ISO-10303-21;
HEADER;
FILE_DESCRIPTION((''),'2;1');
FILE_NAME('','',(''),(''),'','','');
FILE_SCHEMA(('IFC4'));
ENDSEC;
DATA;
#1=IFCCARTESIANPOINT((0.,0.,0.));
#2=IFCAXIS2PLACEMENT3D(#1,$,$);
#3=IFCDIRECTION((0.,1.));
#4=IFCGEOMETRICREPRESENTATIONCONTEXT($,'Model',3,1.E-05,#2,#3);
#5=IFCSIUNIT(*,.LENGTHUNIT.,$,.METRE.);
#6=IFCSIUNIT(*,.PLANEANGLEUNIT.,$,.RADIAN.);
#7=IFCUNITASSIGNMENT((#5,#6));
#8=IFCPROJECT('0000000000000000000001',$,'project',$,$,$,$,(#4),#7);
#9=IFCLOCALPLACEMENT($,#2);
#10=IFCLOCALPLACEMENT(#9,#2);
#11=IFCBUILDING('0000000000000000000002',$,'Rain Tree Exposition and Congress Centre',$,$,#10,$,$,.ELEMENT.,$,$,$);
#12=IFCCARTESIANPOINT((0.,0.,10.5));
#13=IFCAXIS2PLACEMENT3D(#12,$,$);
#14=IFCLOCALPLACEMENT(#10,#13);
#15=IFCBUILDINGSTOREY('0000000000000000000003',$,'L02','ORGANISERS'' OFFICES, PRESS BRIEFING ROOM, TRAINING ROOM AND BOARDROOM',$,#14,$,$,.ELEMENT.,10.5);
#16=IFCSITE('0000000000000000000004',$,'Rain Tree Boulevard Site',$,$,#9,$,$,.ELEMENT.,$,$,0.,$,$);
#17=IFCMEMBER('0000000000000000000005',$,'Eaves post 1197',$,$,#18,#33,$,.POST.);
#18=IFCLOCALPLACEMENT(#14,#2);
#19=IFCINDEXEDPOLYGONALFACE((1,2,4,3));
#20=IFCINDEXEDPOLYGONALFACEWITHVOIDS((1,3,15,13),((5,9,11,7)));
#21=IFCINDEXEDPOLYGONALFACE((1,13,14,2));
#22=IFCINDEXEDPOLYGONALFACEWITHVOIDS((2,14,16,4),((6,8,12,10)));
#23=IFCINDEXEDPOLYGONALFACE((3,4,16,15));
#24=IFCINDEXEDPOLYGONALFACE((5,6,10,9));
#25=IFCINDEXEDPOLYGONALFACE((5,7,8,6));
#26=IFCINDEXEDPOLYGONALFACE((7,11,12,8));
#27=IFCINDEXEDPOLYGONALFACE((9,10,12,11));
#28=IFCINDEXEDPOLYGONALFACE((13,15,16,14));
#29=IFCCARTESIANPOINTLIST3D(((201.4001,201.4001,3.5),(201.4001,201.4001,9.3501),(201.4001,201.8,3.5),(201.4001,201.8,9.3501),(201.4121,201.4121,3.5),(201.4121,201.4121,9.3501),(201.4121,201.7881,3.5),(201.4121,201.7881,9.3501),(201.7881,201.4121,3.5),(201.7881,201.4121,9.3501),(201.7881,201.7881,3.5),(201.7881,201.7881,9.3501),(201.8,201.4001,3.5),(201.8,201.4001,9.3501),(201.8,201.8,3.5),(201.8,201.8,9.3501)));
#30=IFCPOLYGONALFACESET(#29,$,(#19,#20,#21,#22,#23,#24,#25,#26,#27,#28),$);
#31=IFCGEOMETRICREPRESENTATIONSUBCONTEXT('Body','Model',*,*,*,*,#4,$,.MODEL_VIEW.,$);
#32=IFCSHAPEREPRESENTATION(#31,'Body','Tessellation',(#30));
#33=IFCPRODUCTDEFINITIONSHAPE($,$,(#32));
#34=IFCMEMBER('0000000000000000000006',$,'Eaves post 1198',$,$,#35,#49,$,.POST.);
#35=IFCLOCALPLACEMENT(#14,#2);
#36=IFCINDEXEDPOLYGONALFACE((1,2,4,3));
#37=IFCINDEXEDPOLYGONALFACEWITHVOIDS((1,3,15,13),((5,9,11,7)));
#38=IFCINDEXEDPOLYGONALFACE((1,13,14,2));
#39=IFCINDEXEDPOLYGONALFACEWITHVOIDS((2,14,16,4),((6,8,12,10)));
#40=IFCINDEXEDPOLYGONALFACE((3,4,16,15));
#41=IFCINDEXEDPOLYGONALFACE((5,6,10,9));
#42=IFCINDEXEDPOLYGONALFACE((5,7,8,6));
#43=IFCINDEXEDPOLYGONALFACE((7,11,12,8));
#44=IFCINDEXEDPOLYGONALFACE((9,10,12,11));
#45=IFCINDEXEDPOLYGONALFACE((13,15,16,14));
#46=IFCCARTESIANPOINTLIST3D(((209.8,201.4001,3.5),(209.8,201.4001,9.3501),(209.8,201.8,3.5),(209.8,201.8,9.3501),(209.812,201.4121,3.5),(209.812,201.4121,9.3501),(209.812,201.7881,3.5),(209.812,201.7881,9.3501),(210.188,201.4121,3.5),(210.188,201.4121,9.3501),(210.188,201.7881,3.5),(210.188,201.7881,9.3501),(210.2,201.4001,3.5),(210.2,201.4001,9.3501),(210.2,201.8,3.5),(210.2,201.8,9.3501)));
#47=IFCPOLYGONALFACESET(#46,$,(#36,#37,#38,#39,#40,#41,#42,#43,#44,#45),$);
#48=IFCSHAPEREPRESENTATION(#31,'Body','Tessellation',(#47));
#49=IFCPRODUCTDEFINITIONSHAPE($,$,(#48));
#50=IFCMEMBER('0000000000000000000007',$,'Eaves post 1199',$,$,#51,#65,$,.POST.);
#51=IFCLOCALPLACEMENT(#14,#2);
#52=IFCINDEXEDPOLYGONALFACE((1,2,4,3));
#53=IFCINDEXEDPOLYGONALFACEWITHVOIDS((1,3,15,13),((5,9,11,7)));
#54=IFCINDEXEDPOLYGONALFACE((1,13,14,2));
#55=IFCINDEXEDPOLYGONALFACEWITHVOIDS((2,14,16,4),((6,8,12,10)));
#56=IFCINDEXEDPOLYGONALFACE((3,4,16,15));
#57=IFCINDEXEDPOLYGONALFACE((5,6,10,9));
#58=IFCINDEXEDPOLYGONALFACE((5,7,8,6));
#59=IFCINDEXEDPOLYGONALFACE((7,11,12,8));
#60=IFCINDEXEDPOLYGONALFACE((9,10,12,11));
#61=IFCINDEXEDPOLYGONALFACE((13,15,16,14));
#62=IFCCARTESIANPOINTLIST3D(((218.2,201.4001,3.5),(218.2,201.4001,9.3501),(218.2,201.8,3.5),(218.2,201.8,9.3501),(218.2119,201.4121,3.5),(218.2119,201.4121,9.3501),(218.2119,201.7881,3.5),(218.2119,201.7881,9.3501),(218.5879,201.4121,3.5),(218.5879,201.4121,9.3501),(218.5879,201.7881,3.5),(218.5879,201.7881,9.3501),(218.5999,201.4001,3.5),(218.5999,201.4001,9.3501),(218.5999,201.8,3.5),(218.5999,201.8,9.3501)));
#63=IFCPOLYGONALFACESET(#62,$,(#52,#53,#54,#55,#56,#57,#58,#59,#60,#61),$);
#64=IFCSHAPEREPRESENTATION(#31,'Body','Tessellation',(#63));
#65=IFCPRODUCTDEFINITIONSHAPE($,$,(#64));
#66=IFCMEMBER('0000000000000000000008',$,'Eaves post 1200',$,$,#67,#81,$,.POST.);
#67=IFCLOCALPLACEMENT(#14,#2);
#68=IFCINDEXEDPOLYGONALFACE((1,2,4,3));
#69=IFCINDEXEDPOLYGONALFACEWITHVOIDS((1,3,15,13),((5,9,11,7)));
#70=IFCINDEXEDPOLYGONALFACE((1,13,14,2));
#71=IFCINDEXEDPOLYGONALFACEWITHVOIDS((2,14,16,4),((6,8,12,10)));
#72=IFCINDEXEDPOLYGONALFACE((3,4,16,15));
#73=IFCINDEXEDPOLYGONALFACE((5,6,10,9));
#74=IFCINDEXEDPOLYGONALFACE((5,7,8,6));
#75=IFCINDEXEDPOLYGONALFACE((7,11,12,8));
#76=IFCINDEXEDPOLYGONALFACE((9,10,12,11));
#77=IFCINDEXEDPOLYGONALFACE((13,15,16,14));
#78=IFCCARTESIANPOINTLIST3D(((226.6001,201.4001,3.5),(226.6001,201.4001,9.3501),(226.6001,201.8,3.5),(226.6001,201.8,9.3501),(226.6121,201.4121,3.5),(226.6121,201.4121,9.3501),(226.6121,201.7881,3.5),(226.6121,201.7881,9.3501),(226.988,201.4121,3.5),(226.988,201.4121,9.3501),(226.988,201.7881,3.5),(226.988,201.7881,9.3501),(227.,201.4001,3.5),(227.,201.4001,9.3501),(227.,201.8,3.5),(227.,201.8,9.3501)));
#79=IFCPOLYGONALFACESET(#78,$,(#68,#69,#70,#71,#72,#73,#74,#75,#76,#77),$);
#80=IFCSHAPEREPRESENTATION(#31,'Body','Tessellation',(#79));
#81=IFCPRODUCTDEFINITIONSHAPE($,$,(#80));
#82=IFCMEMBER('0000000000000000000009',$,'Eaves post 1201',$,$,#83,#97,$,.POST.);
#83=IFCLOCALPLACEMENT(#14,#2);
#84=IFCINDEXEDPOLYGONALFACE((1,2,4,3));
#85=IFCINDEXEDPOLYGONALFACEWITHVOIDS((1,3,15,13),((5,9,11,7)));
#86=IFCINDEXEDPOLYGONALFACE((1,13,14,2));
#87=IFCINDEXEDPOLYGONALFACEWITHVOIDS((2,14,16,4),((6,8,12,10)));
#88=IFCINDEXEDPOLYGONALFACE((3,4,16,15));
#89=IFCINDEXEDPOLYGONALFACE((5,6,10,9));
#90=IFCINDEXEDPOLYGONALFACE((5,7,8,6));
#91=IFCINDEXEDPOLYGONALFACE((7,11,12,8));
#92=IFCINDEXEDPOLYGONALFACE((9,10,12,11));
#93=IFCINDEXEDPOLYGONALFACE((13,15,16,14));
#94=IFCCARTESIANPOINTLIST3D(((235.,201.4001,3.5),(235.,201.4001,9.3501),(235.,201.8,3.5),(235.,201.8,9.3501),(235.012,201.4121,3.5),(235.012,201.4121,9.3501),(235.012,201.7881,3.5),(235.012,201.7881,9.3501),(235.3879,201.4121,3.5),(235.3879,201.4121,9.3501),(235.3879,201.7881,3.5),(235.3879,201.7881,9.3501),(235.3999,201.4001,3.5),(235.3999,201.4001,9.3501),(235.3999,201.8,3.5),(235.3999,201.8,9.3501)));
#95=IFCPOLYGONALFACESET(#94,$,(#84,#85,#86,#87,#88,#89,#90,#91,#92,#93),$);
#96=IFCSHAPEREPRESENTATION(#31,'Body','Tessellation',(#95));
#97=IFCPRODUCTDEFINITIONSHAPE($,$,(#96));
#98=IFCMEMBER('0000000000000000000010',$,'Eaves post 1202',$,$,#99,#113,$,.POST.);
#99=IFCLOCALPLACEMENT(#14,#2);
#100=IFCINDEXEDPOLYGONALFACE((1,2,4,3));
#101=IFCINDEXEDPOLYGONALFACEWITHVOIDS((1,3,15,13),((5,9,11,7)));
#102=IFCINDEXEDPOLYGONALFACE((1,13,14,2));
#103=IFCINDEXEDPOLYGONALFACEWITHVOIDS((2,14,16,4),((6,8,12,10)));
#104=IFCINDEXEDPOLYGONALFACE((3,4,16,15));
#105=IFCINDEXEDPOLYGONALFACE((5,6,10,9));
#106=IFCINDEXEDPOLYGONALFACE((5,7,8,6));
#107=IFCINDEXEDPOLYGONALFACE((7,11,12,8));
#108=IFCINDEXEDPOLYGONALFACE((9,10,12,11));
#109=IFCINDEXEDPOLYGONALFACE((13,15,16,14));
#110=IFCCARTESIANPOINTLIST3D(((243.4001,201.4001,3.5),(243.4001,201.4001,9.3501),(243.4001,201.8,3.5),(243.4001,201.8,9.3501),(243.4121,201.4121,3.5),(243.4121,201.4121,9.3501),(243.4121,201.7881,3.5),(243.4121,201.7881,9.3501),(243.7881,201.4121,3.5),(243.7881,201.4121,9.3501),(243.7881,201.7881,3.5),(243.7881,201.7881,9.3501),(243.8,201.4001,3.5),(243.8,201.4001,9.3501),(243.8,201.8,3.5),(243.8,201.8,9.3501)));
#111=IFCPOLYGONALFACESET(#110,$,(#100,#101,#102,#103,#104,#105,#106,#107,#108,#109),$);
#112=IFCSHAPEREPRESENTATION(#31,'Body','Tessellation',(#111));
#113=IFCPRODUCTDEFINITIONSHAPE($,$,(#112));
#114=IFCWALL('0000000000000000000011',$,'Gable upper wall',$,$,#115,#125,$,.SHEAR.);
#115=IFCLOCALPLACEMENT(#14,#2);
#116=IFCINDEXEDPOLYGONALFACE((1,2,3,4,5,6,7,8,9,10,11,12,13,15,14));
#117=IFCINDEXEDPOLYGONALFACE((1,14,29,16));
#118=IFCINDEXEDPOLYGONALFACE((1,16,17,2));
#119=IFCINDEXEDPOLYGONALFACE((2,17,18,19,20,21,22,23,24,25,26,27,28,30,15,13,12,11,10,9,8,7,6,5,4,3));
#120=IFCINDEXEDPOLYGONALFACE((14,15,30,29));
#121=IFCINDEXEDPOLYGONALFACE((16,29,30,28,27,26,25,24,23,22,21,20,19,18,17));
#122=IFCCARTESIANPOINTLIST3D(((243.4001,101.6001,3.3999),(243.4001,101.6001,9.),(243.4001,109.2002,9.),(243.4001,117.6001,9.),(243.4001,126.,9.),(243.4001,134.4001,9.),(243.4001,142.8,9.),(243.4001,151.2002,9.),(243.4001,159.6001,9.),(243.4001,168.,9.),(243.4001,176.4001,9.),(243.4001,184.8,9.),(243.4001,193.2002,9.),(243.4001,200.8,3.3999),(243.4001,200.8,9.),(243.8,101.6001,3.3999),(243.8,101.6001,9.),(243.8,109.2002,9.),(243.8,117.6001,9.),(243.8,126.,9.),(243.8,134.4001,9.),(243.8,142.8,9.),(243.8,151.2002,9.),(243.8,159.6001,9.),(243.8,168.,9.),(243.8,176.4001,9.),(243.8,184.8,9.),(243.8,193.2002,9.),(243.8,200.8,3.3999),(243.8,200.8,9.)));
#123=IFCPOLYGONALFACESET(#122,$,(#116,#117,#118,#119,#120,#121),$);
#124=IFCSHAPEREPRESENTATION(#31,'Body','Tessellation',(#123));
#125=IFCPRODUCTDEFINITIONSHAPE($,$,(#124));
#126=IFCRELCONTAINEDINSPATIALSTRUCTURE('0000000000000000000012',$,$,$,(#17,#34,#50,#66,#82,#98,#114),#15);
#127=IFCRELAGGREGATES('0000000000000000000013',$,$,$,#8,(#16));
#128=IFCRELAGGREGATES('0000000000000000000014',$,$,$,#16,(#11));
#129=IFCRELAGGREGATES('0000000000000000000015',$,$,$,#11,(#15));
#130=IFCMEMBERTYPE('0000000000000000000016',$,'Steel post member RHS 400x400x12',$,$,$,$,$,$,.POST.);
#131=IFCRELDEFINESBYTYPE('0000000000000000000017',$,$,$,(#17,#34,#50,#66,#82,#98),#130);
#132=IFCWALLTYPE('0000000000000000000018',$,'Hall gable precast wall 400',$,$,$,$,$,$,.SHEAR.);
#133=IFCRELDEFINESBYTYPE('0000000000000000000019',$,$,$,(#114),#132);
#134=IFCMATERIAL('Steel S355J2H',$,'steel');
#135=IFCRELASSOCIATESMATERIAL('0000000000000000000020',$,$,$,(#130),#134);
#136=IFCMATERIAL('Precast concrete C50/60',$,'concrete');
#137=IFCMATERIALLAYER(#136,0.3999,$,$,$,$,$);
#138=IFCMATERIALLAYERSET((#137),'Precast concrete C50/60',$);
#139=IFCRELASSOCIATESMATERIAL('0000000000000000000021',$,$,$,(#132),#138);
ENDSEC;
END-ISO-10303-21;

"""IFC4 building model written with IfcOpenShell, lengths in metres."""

from ifc_helpers import new_model, si_unit, direction, frame, origin, origin_2d, place, context, subcontext, project, spatial, polyline, hollow_rectangle, outline, extrude, material, layer, layer_set, material_profile, profile_set, type_object, element, save


model = new_model("IFC4")

# Units and contexts
model_context = context("Model", 3, precision=1e-05, world=origin(), true_north=direction((0.0, 1.0)))
body_context = subcontext(model_context, "Body", "Model", "MODEL_VIEW")
ifc_project = project(units=[si_unit("LENGTHUNIT", "METRE"), si_unit("PLANEANGLEUNIT", "RADIAN")], contexts=[model_context])

# Site, building, storey
site_placement = place(None, origin())
site = spatial("IfcSite", under=ifc_project, at=site_placement, Name="Rain Tree Boulevard Site", CompositionType="ELEMENT", RefElevation=0.0)
building_placement = place(site_placement, origin())
building = spatial("IfcBuilding", under=site, at=building_placement, Name="Rain Tree Exposition and Congress Centre", CompositionType="ELEMENT")
storey_placement = place(building_placement, frame((0.0, 0.0, 10.5)))
storey = spatial("IfcBuildingStorey", under=building, at=storey_placement, Name="L02", Description="ORGANISERS' OFFICES, PRESS BRIEFING ROOM, TRAINING ROOM AND BOARDROOM", CompositionType="ELEMENT", Elevation=10.5)

# Members
ifc_material_1 = material(Name="Steel S355J2H", Category="steel")
ifc_material_profile_1 = material_profile(ifc_material_1, hollow_rectangle(XDim=0.3999, YDim=0.3999, WallThickness=0.012, at=origin_2d()), Name="RHS 400x400x12")
ifc_profile_set_1 = profile_set([ifc_material_profile_1], Name="Steel S355J2H")
member_type_1 = type_object("IfcMemberType", Name="Steel post member RHS 400x400x12", PredefinedType="POST", material=ifc_profile_set_1)
for number, where, z_axis, x_axis, name in (
    (1, (201.6001, 201.6001, 3.5), (0.0, 0.0, 1.0), (1.0, 0.0, 0.0), "Eaves post 1197"),
    (2, (210.0, 201.6001, 3.5), (0.0, 0.0, 1.0), (1.0, 0.0, 0.0), "Eaves post 1198"),
    (3, (218.3999, 201.6001, 3.5), (0.0, 0.0, 1.0), (1.0, 0.0, 0.0), "Eaves post 1199"),
    (4, (226.8, 201.6001, 3.5), (0.0, 0.0, 1.0), (1.0, 0.0, 0.0), "Eaves post 1200"),
    (5, (235.2, 201.6001, 3.5), (0.0, 0.0, 1.0), (1.0, 0.0, 0.0), "Eaves post 1201"),
    (6, (243.6001, 201.6001, 3.5), (0.0, 0.0, 1.0), (1.0, 0.0, 0.0), "Eaves post 1202"),
):
    element("IfcMember", number, at=place(storey_placement, frame(where, z_axis=z_axis, x_axis=x_axis)), inside=storey, type_object=member_type_1, Name=name, PredefinedType="POST", context=body_context, shape_type="SweptSolid", body=[
        extrude(hollow_rectangle(XDim=0.3999, YDim=0.3999, WallThickness=0.012, at=origin_2d()), origin(), (0.0, 0.0, 1.0), 5.8501),
    ])

# Wall
ifc_material_2 = material(Name="Precast concrete C50/60", Category="concrete")
ifc_layer = layer(ifc_material_2, 0.3999)
ifc_layer_set = layer_set([ifc_layer], Name="Precast concrete C50/60")
wall_type = type_object("IfcWallType", Name="Hall gable precast wall 400", PredefinedType="SHEAR", material=ifc_layer_set)
wall_placement = place(storey_placement, frame((243.6001, 101.6001, 3.3999), z_axis=(0.0, 0.0, 1.0), x_axis=(0.0, 1.0, 0.0)))
element("IfcWall", 7, at=wall_placement, inside=storey, type_object=wall_type, Name="Gable upper wall", PredefinedType="SHEAR", context=body_context, shape_type="SweptSolid", body=[
    extrude(outline(polyline([(0.0, 0.0), (99.2, 0.0), (99.2, 5.6001), (91.6001, 5.6001), (83.2, 5.6001), (74.8, 5.6001), (66.3999, 5.6001), (58.0, 5.6001), (49.6001, 5.6001), (41.2, 5.6001), (32.8, 5.6001), (24.3999, 5.6001), (16.0, 5.6001), (7.6001, 5.6001), (0.0, 5.6001), (0.0, 0.0)])), frame((0.0, 0.2, 0.0), z_axis=(0.0, -1.0, 0.0), x_axis=(1.0, 0.0, 0.0)), (0.0, 0.0, 1.0), 0.3999),
])

save(model, "model.ifc")
